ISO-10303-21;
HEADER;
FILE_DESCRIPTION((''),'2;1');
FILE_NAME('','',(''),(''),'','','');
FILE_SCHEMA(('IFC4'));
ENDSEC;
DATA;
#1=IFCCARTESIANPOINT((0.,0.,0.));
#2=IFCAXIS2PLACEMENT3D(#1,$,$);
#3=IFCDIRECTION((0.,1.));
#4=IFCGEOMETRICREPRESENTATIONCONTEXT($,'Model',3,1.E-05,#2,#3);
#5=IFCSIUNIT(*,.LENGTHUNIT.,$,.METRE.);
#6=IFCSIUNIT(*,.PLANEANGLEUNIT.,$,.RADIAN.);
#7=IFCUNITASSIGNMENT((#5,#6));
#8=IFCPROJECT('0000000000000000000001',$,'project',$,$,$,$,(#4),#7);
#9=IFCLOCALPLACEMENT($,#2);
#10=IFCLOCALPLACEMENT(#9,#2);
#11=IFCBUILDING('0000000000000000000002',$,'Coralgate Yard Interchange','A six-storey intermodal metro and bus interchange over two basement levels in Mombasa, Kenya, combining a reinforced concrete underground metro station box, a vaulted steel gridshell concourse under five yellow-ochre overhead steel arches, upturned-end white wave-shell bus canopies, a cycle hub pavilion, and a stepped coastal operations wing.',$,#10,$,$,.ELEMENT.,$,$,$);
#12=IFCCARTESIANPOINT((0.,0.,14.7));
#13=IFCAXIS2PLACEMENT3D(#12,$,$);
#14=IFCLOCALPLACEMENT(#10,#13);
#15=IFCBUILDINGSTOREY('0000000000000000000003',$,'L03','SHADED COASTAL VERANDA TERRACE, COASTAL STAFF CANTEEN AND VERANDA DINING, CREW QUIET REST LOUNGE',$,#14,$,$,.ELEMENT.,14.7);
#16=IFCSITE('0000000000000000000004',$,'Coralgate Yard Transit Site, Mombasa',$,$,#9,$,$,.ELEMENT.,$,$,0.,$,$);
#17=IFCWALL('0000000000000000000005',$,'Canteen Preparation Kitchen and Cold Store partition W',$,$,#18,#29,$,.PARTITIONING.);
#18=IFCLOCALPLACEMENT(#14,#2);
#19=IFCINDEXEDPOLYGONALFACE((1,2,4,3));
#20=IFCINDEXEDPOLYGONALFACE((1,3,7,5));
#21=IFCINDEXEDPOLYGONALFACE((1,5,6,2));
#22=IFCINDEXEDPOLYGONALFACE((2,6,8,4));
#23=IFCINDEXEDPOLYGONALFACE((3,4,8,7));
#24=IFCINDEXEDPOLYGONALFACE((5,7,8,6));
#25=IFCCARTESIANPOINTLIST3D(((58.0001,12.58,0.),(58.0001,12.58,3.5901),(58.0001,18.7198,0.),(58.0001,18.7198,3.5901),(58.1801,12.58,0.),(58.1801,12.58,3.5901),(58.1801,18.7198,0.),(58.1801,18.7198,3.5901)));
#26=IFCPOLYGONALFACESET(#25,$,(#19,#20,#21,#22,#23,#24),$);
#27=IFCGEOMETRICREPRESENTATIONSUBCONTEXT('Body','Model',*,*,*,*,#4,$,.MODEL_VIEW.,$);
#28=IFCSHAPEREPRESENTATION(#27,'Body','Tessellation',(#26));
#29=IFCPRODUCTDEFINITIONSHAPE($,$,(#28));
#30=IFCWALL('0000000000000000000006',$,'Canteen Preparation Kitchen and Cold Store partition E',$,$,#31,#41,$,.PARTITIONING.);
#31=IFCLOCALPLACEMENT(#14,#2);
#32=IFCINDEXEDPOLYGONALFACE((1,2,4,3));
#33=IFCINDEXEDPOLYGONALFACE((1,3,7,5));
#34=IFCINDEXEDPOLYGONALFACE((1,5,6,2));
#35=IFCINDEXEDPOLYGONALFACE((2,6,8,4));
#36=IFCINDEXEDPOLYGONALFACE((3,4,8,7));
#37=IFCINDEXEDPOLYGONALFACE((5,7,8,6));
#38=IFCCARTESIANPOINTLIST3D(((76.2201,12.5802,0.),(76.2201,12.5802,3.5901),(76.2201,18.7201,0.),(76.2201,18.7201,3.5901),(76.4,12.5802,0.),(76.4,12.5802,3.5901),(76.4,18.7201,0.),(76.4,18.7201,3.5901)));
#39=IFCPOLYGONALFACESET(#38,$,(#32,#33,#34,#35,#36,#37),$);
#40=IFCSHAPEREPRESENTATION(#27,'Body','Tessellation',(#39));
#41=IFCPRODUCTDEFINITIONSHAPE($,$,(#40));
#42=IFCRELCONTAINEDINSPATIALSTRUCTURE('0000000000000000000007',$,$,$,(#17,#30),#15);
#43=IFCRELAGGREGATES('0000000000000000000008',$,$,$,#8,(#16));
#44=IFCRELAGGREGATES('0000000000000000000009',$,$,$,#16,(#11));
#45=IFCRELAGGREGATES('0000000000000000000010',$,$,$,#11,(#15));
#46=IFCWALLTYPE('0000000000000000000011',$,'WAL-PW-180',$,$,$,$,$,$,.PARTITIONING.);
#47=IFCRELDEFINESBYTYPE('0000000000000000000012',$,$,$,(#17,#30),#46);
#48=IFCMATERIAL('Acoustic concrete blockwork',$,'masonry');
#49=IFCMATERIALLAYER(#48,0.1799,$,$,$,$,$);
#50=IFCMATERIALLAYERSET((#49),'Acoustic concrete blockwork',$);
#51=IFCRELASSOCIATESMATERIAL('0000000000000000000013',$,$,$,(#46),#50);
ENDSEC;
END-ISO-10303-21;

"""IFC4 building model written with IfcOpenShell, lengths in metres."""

from ifc_helpers import new_model, si_unit, direction, frame, frame_2d, origin, place, context, subcontext, project, spatial, rectangle, extrude, material, layer, layer_set, type_object, element, save


model = new_model("IFC4")

# Units and contexts
model_context = context("Model", 3, precision=1e-05, world=origin(), true_north=direction((0.0, 1.0)))
body_context = subcontext(model_context, "Body", "Model", "MODEL_VIEW")
ifc_project = project(units=[si_unit("LENGTHUNIT", "METRE"), si_unit("PLANEANGLEUNIT", "RADIAN")], contexts=[model_context])

# Site, building, storey
site_placement = place(None, origin())
site = spatial("IfcSite", under=ifc_project, at=site_placement, Name="Coralgate Yard Transit Site, Mombasa", CompositionType="ELEMENT", RefElevation=0.0)
building_placement = place(site_placement, origin())
building = spatial("IfcBuilding", under=site, at=building_placement, Name="Coralgate Yard Interchange", Description="A six-storey intermodal metro and bus interchange over two basement levels in Mombasa, Kenya, combining a reinforced concrete underground metro station box, a vaulted steel gridshell concourse under five yellow-ochre overhead steel arches, upturned-end white wave-shell bus canopies, a cycle hub pavilion, and a stepped coastal operations wing.", CompositionType="ELEMENT")
storey_placement = place(building_placement, frame((0.0, 0.0, 14.7)))
storey = spatial("IfcBuildingStorey", under=building, at=storey_placement, Name="L03", Description="SHADED COASTAL VERANDA TERRACE, COASTAL STAFF CANTEEN AND VERANDA DINING, CREW QUIET REST LOUNGE", CompositionType="ELEMENT", Elevation=14.7)

# Shared definitions
ifc_material_1 = material(Name="Acoustic concrete blockwork", Category="masonry")
ifc_layer_1 = layer(ifc_material_1, 0.1799)
ifc_layer_set_1 = layer_set([ifc_layer_1], Name="Acoustic concrete blockwork")
wall_type_1 = type_object("IfcWallType", Name="WAL-PW-180", PredefinedType="PARTITIONING", material=ifc_layer_set_1)

# Walls
for number, where, z_axis, x_axis, name in (
    (1, (58.0901, 12.5801, 0.0), (0.0, 0.0, 1.0), (0.0, 1.0, 0.0), "Canteen Preparation Kitchen and Cold Store partition W"),
    (2, (76.3101, 18.72, 0.0), (0.0, 0.0, 1.0), (0.0, -1.0, 0.0), "Canteen Preparation Kitchen and Cold Store partition E"),
):
    element("IfcWall", number, at=place(storey_placement, frame(where, z_axis=z_axis, x_axis=x_axis)), inside=storey, type_object=wall_type_1, Name=name, PredefinedType="PARTITIONING", context=body_context, shape_type="SweptSolid", body=[
        extrude(rectangle(XDim=6.1399, YDim=0.1799, at=frame_2d((3.0698, 0.0))), origin(), (0.0, 0.0, 1.0), 3.5901),
    ])

save(model, "model.ifc")
